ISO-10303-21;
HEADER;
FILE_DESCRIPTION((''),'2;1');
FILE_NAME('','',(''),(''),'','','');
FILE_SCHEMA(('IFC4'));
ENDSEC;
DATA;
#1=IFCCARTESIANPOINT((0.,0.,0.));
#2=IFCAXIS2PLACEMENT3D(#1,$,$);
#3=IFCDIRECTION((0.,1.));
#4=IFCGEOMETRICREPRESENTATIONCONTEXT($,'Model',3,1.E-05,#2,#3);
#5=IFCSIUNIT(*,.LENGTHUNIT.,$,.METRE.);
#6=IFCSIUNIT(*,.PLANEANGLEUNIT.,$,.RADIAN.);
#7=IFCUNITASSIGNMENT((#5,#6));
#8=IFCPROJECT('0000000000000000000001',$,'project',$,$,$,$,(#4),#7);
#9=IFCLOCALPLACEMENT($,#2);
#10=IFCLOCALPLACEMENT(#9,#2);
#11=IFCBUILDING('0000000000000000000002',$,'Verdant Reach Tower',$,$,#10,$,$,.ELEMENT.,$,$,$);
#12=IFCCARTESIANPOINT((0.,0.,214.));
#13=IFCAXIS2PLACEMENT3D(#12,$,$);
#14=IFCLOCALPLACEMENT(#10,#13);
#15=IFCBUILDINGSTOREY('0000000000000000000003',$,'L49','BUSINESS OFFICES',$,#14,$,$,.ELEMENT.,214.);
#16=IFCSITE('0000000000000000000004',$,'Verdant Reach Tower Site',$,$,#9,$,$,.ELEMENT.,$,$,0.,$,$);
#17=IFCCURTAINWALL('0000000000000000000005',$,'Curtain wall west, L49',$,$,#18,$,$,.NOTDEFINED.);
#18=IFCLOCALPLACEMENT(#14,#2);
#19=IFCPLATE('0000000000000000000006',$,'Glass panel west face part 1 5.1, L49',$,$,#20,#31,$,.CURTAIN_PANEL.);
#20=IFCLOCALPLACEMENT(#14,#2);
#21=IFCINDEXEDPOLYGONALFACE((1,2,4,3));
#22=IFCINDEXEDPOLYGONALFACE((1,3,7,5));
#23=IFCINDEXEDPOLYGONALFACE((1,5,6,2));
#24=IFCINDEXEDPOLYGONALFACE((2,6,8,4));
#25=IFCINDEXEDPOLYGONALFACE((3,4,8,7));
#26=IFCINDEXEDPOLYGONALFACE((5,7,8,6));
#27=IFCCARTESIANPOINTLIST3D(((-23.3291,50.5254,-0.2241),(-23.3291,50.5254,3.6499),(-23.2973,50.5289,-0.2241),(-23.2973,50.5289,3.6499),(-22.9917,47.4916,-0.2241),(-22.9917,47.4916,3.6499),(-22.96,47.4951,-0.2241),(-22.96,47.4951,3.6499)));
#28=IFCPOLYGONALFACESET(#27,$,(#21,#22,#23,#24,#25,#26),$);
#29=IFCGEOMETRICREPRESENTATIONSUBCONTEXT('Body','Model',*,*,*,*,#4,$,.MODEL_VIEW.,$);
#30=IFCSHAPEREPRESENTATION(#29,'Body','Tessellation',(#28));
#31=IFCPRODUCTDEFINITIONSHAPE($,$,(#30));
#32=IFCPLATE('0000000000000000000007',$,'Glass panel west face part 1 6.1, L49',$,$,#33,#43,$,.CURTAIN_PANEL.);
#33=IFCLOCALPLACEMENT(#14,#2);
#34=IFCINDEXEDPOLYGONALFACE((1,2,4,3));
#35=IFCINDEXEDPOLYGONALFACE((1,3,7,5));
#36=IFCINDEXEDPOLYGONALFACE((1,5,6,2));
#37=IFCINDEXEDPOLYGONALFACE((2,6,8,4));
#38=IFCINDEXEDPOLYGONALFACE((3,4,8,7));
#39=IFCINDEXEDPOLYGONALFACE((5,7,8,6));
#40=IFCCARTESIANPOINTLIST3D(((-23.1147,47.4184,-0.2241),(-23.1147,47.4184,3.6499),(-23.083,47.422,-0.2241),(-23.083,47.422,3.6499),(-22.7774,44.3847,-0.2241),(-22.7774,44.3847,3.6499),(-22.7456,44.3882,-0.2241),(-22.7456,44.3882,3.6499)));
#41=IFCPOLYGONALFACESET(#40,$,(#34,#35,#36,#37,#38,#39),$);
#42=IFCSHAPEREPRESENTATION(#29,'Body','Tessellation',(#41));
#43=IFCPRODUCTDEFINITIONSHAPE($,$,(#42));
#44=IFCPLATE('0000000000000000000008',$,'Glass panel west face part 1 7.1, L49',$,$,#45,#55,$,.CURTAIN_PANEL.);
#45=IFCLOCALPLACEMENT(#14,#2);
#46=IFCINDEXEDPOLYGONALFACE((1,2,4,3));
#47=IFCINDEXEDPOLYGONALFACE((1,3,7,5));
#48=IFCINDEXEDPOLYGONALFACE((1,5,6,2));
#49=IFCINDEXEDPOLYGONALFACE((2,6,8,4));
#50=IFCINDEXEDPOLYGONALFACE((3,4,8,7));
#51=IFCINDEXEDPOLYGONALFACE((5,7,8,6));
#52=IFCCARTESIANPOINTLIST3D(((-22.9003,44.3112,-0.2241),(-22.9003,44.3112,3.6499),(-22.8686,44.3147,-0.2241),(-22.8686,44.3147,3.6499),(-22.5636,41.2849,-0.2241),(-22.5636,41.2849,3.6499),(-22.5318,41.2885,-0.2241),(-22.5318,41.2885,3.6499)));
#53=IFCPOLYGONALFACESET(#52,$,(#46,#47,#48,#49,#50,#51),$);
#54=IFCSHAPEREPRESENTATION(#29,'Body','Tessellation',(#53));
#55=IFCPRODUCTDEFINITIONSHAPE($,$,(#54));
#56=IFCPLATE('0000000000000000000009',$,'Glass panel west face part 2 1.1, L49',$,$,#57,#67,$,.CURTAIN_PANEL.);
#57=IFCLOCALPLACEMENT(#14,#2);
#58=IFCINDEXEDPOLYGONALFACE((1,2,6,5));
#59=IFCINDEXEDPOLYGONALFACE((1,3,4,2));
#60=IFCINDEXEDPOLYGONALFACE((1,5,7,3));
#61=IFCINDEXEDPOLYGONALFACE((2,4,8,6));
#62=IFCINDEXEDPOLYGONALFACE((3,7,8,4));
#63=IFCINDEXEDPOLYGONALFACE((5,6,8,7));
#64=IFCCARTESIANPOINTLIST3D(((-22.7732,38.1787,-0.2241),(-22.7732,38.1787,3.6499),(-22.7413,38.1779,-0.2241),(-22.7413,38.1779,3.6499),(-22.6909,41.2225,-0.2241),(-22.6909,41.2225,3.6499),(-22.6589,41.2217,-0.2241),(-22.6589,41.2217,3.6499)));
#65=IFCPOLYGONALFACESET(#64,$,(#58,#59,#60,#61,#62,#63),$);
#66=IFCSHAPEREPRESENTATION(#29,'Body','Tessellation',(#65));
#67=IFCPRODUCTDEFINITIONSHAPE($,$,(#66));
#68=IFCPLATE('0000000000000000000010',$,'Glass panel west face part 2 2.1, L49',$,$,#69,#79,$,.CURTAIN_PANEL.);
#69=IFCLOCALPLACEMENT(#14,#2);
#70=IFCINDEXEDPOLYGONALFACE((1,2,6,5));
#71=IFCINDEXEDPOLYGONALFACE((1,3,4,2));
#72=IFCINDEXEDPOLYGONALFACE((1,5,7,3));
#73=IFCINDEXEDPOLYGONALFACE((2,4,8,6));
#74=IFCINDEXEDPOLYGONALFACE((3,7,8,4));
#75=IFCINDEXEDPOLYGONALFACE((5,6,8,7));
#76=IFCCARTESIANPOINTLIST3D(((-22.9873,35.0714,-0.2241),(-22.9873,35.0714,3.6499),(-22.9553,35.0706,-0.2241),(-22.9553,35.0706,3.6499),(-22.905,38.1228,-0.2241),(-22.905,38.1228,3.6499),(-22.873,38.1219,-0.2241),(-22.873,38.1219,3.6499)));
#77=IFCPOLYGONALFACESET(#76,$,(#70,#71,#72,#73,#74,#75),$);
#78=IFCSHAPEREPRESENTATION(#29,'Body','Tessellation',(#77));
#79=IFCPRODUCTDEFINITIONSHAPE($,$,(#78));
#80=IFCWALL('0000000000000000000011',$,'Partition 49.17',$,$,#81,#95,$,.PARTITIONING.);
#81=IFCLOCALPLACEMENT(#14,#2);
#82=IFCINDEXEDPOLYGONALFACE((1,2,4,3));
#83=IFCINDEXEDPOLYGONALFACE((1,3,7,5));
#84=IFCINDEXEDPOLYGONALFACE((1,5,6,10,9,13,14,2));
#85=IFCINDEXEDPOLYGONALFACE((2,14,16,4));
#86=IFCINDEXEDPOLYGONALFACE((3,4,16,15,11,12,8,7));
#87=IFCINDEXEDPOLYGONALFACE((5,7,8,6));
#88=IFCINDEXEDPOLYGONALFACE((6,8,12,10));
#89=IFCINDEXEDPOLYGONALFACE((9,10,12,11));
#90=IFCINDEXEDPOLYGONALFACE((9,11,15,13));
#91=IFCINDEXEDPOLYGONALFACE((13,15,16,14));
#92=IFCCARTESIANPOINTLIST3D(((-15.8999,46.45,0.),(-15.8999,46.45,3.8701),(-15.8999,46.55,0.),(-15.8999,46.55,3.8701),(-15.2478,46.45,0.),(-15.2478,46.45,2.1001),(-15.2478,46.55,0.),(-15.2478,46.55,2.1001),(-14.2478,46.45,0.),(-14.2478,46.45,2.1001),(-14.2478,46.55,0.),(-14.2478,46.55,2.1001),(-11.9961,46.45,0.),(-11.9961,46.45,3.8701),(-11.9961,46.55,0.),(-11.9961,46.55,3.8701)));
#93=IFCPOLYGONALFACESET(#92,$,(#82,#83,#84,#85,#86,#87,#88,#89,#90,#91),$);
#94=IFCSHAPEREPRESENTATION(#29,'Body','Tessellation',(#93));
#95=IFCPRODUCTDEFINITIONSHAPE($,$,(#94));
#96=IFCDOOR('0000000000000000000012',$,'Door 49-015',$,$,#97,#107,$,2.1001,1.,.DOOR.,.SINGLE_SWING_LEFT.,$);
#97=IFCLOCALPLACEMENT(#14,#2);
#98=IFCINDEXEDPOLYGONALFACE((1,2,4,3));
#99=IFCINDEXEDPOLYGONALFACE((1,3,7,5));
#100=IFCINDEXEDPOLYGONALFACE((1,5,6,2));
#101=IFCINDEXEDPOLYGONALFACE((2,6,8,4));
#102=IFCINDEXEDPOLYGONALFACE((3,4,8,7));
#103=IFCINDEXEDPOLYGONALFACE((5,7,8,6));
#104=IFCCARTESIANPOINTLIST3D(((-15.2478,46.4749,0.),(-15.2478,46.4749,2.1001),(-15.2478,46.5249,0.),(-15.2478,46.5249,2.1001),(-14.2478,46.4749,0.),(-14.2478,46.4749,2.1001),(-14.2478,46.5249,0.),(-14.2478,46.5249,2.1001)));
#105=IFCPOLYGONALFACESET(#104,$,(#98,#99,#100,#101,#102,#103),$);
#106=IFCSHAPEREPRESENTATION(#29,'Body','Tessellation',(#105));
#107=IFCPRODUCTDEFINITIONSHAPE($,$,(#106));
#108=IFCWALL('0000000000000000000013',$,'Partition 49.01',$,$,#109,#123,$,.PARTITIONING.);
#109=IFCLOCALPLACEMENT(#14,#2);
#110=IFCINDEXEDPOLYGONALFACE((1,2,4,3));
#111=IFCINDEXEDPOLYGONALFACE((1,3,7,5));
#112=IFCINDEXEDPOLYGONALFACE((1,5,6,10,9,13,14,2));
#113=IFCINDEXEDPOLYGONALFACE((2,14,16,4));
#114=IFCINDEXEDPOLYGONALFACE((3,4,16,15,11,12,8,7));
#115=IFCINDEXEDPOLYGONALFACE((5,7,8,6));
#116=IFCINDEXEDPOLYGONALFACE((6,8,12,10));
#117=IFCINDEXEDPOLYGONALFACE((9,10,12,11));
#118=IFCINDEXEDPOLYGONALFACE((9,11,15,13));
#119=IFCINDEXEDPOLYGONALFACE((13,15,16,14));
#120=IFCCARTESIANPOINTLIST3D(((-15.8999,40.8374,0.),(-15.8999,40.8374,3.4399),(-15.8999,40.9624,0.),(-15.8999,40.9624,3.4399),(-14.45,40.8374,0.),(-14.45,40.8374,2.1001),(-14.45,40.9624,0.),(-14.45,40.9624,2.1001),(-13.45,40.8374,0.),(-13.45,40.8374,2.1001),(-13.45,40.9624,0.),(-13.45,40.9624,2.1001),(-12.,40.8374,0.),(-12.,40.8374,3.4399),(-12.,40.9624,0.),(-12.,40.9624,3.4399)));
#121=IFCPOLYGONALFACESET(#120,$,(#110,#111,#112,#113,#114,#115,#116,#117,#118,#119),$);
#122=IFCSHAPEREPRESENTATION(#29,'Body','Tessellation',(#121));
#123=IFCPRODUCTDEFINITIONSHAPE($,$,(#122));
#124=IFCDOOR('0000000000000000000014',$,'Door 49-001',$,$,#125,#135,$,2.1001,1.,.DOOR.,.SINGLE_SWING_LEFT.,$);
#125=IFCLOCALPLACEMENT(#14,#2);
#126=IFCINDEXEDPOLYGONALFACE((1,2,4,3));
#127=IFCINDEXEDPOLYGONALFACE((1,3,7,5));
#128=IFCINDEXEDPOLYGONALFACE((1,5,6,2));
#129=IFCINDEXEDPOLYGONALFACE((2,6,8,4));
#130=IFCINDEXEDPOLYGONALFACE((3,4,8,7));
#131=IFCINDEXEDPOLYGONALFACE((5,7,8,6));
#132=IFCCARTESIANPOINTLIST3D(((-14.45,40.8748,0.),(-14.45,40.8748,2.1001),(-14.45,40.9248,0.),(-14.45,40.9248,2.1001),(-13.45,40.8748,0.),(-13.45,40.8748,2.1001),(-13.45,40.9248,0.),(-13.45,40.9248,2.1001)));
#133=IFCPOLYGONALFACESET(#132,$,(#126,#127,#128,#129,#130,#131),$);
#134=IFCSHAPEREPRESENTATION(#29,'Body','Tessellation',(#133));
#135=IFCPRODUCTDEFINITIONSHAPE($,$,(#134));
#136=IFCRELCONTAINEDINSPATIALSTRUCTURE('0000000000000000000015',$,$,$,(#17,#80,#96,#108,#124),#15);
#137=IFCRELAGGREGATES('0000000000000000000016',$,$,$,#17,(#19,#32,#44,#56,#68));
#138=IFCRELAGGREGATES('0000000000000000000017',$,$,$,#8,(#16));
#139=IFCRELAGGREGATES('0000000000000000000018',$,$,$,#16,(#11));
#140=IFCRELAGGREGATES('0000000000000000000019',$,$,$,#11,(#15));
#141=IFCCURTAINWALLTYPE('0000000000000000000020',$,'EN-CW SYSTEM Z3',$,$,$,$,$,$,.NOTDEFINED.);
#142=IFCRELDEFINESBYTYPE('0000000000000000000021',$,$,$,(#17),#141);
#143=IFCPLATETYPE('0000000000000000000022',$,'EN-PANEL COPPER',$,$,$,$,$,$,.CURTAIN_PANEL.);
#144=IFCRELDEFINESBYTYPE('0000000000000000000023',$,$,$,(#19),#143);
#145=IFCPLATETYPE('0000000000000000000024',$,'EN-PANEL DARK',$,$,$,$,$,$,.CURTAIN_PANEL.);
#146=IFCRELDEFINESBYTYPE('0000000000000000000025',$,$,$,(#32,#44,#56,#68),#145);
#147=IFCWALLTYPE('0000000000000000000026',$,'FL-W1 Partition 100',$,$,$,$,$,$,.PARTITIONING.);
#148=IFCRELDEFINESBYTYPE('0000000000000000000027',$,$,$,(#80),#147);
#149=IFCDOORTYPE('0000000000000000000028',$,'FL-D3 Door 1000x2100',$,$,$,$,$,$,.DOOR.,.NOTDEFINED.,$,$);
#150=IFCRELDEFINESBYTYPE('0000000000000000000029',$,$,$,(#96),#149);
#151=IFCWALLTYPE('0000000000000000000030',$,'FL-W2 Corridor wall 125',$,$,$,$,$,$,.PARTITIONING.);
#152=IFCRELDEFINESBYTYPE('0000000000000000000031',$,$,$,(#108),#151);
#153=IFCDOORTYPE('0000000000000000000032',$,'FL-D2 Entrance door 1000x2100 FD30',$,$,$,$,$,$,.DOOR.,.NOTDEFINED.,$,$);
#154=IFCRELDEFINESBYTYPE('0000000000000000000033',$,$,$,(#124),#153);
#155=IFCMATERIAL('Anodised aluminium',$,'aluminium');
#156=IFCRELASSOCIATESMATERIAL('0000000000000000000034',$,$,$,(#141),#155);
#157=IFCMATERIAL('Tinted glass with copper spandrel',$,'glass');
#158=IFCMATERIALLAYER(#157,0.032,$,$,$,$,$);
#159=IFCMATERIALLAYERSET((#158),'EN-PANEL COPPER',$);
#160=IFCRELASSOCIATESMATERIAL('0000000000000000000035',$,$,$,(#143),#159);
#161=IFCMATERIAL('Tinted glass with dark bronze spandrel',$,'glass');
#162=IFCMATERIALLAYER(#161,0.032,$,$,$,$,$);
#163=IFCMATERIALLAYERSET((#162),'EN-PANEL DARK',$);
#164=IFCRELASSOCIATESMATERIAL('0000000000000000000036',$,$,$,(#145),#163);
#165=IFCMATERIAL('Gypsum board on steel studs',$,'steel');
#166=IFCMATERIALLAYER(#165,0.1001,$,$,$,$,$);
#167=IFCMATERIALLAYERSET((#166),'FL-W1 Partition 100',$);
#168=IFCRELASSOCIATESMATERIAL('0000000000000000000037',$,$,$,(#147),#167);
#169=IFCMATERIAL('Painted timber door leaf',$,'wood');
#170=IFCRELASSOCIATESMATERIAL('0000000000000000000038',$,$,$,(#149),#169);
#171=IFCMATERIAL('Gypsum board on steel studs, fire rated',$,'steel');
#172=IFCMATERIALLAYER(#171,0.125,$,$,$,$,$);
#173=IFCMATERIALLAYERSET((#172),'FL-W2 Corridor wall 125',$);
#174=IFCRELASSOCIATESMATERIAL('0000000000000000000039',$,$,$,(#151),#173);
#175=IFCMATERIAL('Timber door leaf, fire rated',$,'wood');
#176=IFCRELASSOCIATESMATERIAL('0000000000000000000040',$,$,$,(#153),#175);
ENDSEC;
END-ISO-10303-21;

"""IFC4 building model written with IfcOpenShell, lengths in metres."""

from ifc_helpers import new_model, si_unit, direction, frame, frame_2d, origin, origin_2d, place, context, subcontext, project, spatial, rectangle, extrude, material, layer, layer_set, type_object, element, fill, aggregate, save


model = new_model("IFC4")

# Units and contexts
model_context = context("Model", 3, precision=1e-05, world=origin(), true_north=direction((0.0, 1.0)))
body_context = subcontext(model_context, "Body", "Model", "MODEL_VIEW")
ifc_project = project(units=[si_unit("LENGTHUNIT", "METRE"), si_unit("PLANEANGLEUNIT", "RADIAN")], contexts=[model_context])

# Site, building, storey
site_placement = place(None, origin())
site = spatial("IfcSite", under=ifc_project, at=site_placement, Name="Verdant Reach Tower Site", CompositionType="ELEMENT", RefElevation=0.0)
building_placement = place(site_placement, origin())
building = spatial("IfcBuilding", under=site, at=building_placement, Name="Verdant Reach Tower", CompositionType="ELEMENT")
storey_placement = place(building_placement, frame((0.0, 0.0, 214.0)))
storey = spatial("IfcBuildingStorey", under=building, at=storey_placement, Name="L49", Description="BUSINESS OFFICES", CompositionType="ELEMENT", Elevation=214.0)

# Curtain wall
ifc_material_1 = material(Name="Anodised aluminium", Category="aluminium")
curtain_wall_type = type_object("IfcCurtainWallType", Name="EN-CW SYSTEM Z3", PredefinedType="NOTDEFINED", material=ifc_material_1)
curtain_wall_placement = place(storey_placement, origin())
curtain_wall = element("IfcCurtainWall", 1, at=curtain_wall_placement, inside=storey, type_object=curtain_wall_type, Name="Curtain wall west, L49", PredefinedType="NOTDEFINED")

# Plates
ifc_material_2 = material(Name="Tinted glass with copper spandrel", Category="glass")
ifc_layer_1 = layer(ifc_material_2, 0.032)
ifc_layer_set_1 = layer_set([ifc_layer_1], Name="EN-PANEL COPPER")
plate_type_1 = type_object("IfcPlateType", Name="EN-PANEL COPPER", PredefinedType="CURTAIN_PANEL", material=ifc_layer_set_1)
plate_1_placement = place(storey_placement, frame((-23.1445, 49.0103, -0.2241), z_axis=(0.0, 0.0, 1.0), x_axis=(0.110518, -0.993874, 0.0)))
plate_1 = element("IfcPlate", 2, at=plate_1_placement, type_object=plate_type_1, Name="Glass panel west face part 1 5.1, L49", PredefinedType="CURTAIN_PANEL", context=body_context, shape_type="SweptSolid", body=[
    extrude(rectangle(XDim=3.0525, YDim=0.032, at=origin_2d()), origin(), (0.0, 0.0, 1.0), 3.874),
])
ifc_material_3 = material(Name="Tinted glass with dark bronze spandrel", Category="glass")
ifc_layer_2 = layer(ifc_material_3, 0.032)
ifc_layer_set_2 = layer_set([ifc_layer_2], Name="EN-PANEL DARK")
plate_type_2 = type_object("IfcPlateType", Name="EN-PANEL DARK", PredefinedType="CURTAIN_PANEL", material=ifc_layer_set_2)
plate_2_placement = place(storey_placement, frame((-22.9302, 45.9033, -0.2241), z_axis=(0.0, 0.0, 1.0), x_axis=(0.110518, -0.993874, 0.0)))
plate_2 = element("IfcPlate", 3, at=plate_2_placement, type_object=plate_type_2, Name="Glass panel west face part 1 6.1, L49", PredefinedType="CURTAIN_PANEL", context=body_context, shape_type="SweptSolid", body=[
    extrude(rectangle(XDim=3.0525, YDim=0.032, at=origin_2d()), origin(), (0.0, 0.0, 1.0), 3.874),
])
plate_3_placement = place(storey_placement, frame((-22.7161, 42.7998, -0.2241), z_axis=(0.0, 0.0, 1.0), x_axis=(0.110601, -0.993865, 0.0)))
plate_3 = element("IfcPlate", 4, at=plate_3_placement, type_object=plate_type_2, Name="Glass panel west face part 1 7.1, L49", PredefinedType="CURTAIN_PANEL", context=body_context, shape_type="SweptSolid", body=[
    extrude(rectangle(XDim=3.0449, YDim=0.032, at=origin_2d()), origin(), (0.0, 0.0, 1.0), 3.874),
])
plate_4_placement = place(storey_placement, frame((-22.7161, 39.7002, -0.2241), z_axis=(0.0, 0.0, 1.0), x_axis=(-0.027048, -0.999634, 0.0)))
plate_4 = element("IfcPlate", 5, at=plate_4_placement, type_object=plate_type_2, Name="Glass panel west face part 2 1.1, L49", PredefinedType="CURTAIN_PANEL", context=body_context, shape_type="SweptSolid", body=[
    extrude(rectangle(XDim=3.0449, YDim=0.032, at=origin_2d()), origin(), (0.0, 0.0, 1.0), 3.874),
])
plate_5_placement = place(storey_placement, frame((-22.9302, 36.5967, -0.2241), z_axis=(0.0, 0.0, 1.0), x_axis=(-0.026965, -0.999636, 0.0)))
plate_5 = element("IfcPlate", 6, at=plate_5_placement, type_object=plate_type_2, Name="Glass panel west face part 2 2.1, L49", PredefinedType="CURTAIN_PANEL", context=body_context, shape_type="SweptSolid", body=[
    extrude(rectangle(XDim=3.0525, YDim=0.032, at=origin_2d()), origin(), (0.0, 0.0, 1.0), 3.874),
])
aggregate(curtain_wall, [plate_1, plate_2, plate_3, plate_4, plate_5])

# Walls, openings, doors
ifc_material_4 = material(Name="Gypsum board on steel studs", Category="steel")
ifc_layer_3 = layer(ifc_material_4, 0.1001)
ifc_layer_set_3 = layer_set([ifc_layer_3], Name="FL-W1 Partition 100")
wall_type_1 = type_object("IfcWallType", Name="FL-W1 Partition 100", PredefinedType="PARTITIONING", material=ifc_layer_set_3)
wall_1_placement = place(storey_placement, frame((-15.8999, 46.5, 0.0), z_axis=(0.0, 0.0, 1.0), x_axis=(1.0, 0.0, 0.0)))
wall_1 = element("IfcWall", 7, at=wall_1_placement, inside=storey, type_object=wall_type_1, Name="Partition 49.17", PredefinedType="PARTITIONING", context=body_context, shape_type="SweptSolid", body=[
    extrude(rectangle(XDim=3.9038, YDim=0.1001, at=frame_2d((1.9519, 0.0))), origin(), (0.0, 0.0, 1.0), 3.8701),
])
opening_1_placement = place(wall_1_placement, frame((0.6521, 0.0, 0.0)))
opening_1 = element("IfcOpeningElement", 8, at=opening_1_placement, cuts=wall_1, PredefinedType="OPENING", context=body_context, shape_type="SweptSolid", body=[
    extrude(rectangle(XDim=1.0, YDim=2.1001, at=frame_2d((0.5, 1.05))), frame((0.0, 0.0601, 0.0), z_axis=(0.0, -1.0, 0.0), x_axis=(1.0, 0.0, 0.0)), (0.0, 0.0, 1.0), 0.1201),
])
ifc_material_5 = material(Name="Painted timber door leaf", Category="wood")
door_type_1 = type_object("IfcDoorType", Name="FL-D3 Door 1000x2100", OperationType="NOTDEFINED", PredefinedType="DOOR", material=ifc_material_5)
door_1_placement = place(opening_1_placement, origin())
door_1 = element("IfcDoor", 9, at=door_1_placement, inside=storey, type_object=door_type_1, Name="Door 49-015", OperationType="SINGLE_SWING_LEFT", OverallHeight=2.1001, OverallWidth=1.0, PredefinedType="DOOR", context=body_context, shape_type="SweptSolid", body=[
    extrude(rectangle(XDim=1.0, YDim=2.1001, at=frame_2d((0.5, 1.05))), frame((0.0, 0.0249, 0.0), z_axis=(0.0, -1.0, 0.0), x_axis=(1.0, 0.0, 0.0)), (0.0, 0.0, 1.0), 0.05),
])
fill(opening_1, door_1)
ifc_material_6 = material(Name="Gypsum board on steel studs, fire rated", Category="steel")
ifc_layer_4 = layer(ifc_material_6, 0.125)
ifc_layer_set_4 = layer_set([ifc_layer_4], Name="FL-W2 Corridor wall 125")
wall_type_2 = type_object("IfcWallType", Name="FL-W2 Corridor wall 125", PredefinedType="PARTITIONING", material=ifc_layer_set_4)
wall_2_placement = place(storey_placement, frame((-15.8999, 40.8999, 0.0), z_axis=(0.0, 0.0, 1.0), x_axis=(1.0, 0.0, 0.0)))
wall_2 = element("IfcWall", 10, at=wall_2_placement, inside=storey, type_object=wall_type_2, Name="Partition 49.01", PredefinedType="PARTITIONING", context=body_context, shape_type="SweptSolid", body=[
    extrude(rectangle(XDim=3.8999, YDim=0.125, at=frame_2d((1.95, 0.0))), origin(), (0.0, 0.0, 1.0), 3.4399),
])
opening_2_placement = place(wall_2_placement, frame((1.45, 0.0, 0.0)))
opening_2 = element("IfcOpeningElement", 11, at=opening_2_placement, cuts=wall_2, PredefinedType="OPENING", context=body_context, shape_type="SweptSolid", body=[
    extrude(rectangle(XDim=1.0, YDim=2.1001, at=frame_2d((0.5, 1.05))), frame((0.0, 0.0725, 0.0), z_axis=(0.0, -1.0, 0.0), x_axis=(1.0, 0.0, 0.0)), (0.0, 0.0, 1.0), 0.145),
])
ifc_material_7 = material(Name="Timber door leaf, fire rated", Category="wood")
door_type_2 = type_object("IfcDoorType", Name="FL-D2 Entrance door 1000x2100 FD30", OperationType="NOTDEFINED", PredefinedType="DOOR", material=ifc_material_7)
door_2_placement = place(opening_2_placement, origin())
door_2 = element("IfcDoor", 12, at=door_2_placement, inside=storey, type_object=door_type_2, Name="Door 49-001", OperationType="SINGLE_SWING_LEFT", OverallHeight=2.1001, OverallWidth=1.0, PredefinedType="DOOR", context=body_context, shape_type="SweptSolid", body=[
    extrude(rectangle(XDim=1.0, YDim=2.1001, at=frame_2d((0.5, 1.05))), frame((0.0, 0.0249, 0.0), z_axis=(0.0, -1.0, 0.0), x_axis=(1.0, 0.0, 0.0)), (0.0, 0.0, 1.0), 0.05),
])
fill(opening_2, door_2)

save(model, "model.ifc")
